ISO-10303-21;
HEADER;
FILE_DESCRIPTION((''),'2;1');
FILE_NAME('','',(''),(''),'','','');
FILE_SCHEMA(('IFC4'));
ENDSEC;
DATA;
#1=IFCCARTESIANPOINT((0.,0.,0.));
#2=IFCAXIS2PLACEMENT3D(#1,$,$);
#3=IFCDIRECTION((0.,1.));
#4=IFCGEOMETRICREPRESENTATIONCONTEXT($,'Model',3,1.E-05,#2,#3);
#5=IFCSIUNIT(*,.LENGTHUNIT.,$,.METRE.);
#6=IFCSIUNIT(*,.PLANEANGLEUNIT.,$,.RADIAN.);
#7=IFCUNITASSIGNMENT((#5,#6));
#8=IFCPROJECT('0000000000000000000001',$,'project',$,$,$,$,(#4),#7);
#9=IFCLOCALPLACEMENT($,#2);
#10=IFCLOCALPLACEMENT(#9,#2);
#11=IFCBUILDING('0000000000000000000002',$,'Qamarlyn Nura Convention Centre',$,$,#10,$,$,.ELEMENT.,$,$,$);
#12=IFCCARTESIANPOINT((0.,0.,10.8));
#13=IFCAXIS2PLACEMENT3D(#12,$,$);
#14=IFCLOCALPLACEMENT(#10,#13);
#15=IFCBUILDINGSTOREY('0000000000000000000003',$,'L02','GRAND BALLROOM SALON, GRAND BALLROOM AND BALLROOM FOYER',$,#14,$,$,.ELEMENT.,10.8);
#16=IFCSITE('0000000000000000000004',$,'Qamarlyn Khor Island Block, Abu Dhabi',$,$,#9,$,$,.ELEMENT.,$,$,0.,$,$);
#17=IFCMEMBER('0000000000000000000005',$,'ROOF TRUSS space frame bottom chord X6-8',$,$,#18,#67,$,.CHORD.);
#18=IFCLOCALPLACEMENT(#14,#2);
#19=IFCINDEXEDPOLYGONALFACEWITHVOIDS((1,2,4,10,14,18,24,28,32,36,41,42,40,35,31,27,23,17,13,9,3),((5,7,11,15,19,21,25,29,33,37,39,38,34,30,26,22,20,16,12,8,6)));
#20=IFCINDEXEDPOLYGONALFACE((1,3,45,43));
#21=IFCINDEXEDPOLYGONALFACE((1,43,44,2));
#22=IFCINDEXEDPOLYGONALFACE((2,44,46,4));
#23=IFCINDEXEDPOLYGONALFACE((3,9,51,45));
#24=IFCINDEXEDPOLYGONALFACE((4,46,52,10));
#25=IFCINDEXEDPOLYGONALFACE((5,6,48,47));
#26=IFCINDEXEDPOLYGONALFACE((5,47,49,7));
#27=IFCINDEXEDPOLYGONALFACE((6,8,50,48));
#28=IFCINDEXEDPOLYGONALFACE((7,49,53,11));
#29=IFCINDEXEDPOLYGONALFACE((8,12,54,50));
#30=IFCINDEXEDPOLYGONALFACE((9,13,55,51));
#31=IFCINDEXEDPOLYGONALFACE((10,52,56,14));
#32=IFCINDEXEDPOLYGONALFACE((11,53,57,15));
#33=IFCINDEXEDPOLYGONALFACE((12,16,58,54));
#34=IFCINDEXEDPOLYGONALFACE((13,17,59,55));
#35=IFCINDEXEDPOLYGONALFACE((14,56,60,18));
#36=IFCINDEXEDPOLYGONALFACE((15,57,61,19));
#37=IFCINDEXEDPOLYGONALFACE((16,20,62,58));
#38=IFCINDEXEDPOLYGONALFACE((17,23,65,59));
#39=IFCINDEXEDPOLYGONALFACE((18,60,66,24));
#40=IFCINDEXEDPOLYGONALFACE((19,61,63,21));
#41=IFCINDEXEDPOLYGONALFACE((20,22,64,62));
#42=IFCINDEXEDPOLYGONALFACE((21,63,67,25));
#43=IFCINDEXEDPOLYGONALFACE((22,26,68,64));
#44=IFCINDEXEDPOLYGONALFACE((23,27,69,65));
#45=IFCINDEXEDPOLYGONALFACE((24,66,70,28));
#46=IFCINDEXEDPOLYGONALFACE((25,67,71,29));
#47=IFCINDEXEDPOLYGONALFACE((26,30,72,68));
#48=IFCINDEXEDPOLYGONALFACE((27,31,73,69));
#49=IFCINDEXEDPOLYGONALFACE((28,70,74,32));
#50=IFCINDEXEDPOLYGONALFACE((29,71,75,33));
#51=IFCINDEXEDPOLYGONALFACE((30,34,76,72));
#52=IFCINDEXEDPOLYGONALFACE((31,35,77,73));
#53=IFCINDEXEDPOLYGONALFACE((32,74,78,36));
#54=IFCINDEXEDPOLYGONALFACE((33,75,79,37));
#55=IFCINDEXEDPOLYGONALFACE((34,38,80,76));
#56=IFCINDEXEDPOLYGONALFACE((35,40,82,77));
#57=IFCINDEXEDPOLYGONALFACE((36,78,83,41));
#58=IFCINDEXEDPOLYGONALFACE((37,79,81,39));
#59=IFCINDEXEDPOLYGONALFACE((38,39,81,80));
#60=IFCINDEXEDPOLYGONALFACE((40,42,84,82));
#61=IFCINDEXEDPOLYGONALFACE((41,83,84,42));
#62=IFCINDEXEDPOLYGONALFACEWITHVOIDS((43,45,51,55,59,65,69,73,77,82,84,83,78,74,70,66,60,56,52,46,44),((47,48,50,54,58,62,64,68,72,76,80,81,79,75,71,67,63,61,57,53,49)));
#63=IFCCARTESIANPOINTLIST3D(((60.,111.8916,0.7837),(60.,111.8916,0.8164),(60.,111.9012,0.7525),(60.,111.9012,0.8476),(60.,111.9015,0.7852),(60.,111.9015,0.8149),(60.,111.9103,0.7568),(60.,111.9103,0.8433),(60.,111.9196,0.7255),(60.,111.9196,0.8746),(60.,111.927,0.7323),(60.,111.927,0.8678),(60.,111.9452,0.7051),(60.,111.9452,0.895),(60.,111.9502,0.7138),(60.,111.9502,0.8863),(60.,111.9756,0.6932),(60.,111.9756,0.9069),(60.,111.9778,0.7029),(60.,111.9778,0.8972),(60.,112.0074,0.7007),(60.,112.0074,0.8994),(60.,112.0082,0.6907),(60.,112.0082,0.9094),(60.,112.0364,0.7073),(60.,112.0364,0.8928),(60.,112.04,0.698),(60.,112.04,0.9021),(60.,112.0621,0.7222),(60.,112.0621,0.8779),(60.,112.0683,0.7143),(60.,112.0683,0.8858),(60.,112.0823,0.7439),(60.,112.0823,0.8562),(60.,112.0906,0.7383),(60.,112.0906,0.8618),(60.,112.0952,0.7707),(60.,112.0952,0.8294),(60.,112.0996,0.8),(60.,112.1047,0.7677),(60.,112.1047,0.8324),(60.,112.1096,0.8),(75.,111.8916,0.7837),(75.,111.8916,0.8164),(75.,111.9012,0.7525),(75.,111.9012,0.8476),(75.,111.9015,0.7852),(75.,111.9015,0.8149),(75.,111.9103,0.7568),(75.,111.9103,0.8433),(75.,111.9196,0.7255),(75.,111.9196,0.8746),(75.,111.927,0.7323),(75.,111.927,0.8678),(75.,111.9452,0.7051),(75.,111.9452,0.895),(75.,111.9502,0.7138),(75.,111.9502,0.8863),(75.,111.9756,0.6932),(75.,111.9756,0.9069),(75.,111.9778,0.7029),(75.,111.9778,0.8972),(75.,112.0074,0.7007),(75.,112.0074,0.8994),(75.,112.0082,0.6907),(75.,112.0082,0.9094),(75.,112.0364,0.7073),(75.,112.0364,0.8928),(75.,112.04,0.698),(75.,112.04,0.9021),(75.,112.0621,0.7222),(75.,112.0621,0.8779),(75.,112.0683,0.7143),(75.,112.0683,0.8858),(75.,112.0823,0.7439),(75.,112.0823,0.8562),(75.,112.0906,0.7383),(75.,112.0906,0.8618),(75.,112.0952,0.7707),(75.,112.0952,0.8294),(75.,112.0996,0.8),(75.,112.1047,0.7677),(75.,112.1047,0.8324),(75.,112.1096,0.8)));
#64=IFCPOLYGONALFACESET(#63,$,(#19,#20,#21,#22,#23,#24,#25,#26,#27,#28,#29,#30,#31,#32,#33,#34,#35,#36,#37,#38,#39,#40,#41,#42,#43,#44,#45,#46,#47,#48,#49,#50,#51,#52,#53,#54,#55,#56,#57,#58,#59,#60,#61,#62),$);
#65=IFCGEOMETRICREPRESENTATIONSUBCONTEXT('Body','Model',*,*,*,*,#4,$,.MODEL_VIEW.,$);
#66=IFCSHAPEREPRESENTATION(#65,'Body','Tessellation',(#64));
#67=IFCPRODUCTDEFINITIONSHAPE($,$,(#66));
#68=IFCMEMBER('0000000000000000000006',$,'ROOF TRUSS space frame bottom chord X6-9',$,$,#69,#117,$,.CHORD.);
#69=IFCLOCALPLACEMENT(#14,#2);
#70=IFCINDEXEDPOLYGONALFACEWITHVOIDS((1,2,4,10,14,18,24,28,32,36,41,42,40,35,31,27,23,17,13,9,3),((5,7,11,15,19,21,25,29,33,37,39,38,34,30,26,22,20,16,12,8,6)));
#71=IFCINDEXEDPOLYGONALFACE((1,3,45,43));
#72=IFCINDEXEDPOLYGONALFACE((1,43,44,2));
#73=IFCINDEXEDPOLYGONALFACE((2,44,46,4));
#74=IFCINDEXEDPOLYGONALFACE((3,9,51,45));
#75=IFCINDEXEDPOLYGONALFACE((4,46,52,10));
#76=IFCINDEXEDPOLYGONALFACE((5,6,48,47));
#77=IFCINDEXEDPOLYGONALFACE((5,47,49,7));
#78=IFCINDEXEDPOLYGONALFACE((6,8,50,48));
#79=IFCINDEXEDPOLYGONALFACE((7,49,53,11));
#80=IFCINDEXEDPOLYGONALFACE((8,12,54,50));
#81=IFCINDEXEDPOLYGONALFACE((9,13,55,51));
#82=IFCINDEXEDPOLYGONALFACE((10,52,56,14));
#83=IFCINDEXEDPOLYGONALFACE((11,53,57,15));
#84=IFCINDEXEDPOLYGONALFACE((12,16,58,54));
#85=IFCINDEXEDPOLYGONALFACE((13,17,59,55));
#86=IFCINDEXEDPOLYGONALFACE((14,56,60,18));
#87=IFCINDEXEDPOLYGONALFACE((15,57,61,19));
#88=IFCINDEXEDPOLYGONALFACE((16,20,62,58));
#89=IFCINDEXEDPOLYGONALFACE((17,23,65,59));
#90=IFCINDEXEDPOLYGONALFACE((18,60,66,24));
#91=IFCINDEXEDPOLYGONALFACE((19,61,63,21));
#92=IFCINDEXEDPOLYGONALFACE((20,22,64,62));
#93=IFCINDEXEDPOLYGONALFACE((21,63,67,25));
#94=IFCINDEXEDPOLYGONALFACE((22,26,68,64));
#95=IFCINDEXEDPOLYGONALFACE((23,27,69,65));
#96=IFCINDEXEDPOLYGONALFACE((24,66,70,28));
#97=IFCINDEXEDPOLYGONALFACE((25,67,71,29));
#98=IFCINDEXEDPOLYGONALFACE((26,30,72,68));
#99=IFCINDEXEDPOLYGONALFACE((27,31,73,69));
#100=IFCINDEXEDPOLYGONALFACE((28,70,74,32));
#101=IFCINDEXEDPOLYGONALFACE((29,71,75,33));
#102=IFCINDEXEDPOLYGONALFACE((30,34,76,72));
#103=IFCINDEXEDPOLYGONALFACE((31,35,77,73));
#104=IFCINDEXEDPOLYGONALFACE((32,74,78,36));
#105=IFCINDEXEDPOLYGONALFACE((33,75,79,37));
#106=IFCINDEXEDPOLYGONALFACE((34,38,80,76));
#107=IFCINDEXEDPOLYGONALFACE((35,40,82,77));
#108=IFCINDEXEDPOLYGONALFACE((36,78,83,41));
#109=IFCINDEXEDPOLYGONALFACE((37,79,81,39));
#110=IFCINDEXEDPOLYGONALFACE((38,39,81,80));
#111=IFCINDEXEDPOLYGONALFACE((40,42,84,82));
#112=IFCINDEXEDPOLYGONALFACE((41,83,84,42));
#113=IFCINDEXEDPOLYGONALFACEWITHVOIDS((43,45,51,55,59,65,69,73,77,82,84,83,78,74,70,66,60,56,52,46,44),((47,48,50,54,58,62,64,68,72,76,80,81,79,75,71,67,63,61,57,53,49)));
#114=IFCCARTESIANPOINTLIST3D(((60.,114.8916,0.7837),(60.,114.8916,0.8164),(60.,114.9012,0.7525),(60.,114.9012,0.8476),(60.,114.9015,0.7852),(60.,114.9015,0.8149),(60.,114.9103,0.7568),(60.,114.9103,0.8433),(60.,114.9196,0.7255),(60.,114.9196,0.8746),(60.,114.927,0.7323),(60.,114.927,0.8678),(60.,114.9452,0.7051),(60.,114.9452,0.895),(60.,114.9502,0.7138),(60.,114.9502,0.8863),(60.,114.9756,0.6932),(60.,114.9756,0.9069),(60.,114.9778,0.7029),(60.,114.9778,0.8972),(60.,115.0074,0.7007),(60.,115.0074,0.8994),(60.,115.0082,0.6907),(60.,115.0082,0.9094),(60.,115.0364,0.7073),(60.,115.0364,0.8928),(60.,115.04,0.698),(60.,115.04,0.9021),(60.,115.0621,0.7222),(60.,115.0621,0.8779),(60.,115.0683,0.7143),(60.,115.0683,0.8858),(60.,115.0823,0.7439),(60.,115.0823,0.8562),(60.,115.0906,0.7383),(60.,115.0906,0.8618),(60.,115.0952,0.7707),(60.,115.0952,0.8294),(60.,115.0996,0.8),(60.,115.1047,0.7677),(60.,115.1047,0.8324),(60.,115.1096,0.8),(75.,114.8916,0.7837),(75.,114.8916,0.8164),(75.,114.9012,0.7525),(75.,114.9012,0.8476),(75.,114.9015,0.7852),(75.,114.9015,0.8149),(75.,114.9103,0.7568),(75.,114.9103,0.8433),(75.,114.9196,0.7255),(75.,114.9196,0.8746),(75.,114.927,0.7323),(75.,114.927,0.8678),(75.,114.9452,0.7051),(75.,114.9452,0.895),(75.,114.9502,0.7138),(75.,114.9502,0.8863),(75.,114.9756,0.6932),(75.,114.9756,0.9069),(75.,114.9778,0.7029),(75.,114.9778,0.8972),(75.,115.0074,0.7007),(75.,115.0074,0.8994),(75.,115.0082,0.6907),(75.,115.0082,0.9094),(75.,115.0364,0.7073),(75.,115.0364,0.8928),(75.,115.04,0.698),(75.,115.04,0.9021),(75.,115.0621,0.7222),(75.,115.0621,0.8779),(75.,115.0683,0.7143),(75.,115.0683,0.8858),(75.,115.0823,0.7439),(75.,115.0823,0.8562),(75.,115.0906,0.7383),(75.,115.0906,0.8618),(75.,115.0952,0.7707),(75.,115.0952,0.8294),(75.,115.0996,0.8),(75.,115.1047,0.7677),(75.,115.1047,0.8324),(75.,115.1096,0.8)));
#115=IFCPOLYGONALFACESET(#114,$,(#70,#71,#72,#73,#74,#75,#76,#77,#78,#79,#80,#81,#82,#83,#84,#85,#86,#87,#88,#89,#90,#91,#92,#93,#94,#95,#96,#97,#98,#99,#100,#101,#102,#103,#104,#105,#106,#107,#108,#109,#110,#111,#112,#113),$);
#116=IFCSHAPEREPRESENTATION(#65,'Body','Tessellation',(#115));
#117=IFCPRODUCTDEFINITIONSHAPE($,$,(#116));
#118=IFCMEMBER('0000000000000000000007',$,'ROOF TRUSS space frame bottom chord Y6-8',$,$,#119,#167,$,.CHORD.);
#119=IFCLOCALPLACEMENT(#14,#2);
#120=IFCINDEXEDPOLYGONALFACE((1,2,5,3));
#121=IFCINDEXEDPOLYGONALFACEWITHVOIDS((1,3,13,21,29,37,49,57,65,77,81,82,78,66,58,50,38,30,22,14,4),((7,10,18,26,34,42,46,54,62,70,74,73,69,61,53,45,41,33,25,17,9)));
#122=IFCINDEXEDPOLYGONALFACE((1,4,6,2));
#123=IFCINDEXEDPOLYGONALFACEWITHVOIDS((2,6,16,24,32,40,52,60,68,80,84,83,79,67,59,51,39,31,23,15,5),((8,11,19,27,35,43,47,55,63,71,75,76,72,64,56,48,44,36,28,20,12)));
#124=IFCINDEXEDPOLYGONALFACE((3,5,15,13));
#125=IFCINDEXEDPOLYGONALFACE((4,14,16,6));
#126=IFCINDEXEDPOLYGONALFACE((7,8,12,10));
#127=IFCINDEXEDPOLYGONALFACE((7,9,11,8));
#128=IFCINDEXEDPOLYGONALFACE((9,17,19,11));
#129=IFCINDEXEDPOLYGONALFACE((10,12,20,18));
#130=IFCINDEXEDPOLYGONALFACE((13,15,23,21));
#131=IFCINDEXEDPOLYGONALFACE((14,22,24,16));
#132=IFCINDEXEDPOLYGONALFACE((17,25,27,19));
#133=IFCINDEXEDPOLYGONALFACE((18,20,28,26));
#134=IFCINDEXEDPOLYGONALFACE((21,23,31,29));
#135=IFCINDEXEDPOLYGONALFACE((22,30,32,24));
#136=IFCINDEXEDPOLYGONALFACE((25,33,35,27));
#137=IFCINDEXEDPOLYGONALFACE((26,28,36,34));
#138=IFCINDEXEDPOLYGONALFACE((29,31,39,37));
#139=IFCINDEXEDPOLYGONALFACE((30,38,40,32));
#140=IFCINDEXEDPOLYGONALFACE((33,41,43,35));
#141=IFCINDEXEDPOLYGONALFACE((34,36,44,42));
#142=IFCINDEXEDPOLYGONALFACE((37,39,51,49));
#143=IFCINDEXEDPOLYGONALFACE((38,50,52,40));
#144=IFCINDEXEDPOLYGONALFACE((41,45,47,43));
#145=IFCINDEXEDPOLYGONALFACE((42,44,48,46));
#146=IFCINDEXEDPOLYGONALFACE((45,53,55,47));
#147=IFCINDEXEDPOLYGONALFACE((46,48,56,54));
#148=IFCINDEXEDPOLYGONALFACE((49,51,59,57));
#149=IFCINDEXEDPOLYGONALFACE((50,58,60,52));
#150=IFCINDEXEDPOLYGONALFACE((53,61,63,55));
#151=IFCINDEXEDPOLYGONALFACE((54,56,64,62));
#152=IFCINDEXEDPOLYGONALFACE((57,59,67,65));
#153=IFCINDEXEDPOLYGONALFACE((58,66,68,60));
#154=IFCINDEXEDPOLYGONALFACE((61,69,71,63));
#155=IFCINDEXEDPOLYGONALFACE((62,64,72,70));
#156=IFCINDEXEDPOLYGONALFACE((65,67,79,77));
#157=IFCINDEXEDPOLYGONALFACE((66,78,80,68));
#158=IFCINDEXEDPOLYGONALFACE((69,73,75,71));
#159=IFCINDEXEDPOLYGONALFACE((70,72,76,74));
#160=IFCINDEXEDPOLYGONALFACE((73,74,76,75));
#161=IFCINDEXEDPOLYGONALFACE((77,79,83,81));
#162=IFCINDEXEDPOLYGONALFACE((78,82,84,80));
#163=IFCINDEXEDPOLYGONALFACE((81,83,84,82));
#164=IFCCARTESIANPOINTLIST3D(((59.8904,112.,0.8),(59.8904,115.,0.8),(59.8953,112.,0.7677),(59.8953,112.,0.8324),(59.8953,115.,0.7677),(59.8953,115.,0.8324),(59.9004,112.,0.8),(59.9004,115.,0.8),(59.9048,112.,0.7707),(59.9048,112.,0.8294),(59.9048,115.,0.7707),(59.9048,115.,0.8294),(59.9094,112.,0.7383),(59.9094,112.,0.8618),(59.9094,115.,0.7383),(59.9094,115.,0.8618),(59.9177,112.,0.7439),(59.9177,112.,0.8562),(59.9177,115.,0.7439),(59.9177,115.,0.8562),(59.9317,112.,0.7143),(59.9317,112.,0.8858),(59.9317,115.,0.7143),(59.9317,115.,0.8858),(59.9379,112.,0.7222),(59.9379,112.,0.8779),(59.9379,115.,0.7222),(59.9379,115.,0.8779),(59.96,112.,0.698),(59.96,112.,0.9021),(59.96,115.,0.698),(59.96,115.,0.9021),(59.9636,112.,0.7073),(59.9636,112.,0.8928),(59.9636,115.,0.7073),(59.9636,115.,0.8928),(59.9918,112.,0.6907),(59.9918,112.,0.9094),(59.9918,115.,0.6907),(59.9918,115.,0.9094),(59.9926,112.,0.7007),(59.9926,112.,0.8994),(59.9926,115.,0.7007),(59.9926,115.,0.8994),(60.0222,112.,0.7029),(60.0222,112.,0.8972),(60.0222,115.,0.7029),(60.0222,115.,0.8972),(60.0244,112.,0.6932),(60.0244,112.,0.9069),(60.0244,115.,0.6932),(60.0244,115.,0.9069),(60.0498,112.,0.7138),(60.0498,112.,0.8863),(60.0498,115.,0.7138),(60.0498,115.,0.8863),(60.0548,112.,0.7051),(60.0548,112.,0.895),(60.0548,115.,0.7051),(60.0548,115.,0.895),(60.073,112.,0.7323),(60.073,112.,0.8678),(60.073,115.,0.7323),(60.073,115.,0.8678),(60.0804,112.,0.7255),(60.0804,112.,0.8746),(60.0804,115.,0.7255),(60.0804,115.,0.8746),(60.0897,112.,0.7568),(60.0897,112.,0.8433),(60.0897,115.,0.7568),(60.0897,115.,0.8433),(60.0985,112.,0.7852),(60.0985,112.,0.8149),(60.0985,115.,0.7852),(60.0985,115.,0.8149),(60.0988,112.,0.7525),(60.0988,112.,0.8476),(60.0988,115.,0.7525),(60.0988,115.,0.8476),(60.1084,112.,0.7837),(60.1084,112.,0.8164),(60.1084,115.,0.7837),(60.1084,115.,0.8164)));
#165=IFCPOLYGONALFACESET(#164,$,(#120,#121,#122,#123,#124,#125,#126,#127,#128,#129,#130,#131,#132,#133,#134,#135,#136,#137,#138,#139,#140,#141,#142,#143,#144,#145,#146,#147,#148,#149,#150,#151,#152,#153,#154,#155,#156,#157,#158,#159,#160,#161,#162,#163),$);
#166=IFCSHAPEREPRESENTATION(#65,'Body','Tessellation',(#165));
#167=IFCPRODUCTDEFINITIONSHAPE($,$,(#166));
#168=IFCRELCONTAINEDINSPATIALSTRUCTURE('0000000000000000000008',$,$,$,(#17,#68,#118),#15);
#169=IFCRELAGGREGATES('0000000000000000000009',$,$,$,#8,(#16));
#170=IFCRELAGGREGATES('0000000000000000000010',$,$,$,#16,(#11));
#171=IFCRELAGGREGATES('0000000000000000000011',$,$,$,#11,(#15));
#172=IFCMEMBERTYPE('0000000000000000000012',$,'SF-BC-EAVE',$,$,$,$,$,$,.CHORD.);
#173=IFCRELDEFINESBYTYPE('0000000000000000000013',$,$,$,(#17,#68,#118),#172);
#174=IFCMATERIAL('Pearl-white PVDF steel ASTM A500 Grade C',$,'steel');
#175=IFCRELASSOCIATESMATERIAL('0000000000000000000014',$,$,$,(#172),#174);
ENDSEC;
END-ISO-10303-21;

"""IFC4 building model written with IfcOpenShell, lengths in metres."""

from ifc_helpers import new_model, si_unit, direction, frame, origin, origin_2d, place, context, subcontext, project, spatial, hollow_circle, extrude, material, material_profile, profile_set, type_object, element, save


model = new_model("IFC4")

# Units and contexts
model_context = context("Model", 3, precision=1e-05, world=origin(), true_north=direction((0.0, 1.0)))
body_context = subcontext(model_context, "Body", "Model", "MODEL_VIEW")
ifc_project = project(units=[si_unit("LENGTHUNIT", "METRE"), si_unit("PLANEANGLEUNIT", "RADIAN")], contexts=[model_context])

# Site, building, storey
site_placement = place(None, origin())
site = spatial("IfcSite", under=ifc_project, at=site_placement, Name="Qamarlyn Khor Island Block, Abu Dhabi", CompositionType="ELEMENT", RefElevation=0.0)
building_placement = place(site_placement, origin())
building = spatial("IfcBuilding", under=site, at=building_placement, Name="Qamarlyn Nura Convention Centre", CompositionType="ELEMENT")
storey_placement = place(building_placement, frame((0.0, 0.0, 10.8)))
storey = spatial("IfcBuildingStorey", under=building, at=storey_placement, Name="L02", Description="GRAND BALLROOM SALON, GRAND BALLROOM AND BALLROOM FOYER", CompositionType="ELEMENT", Elevation=10.8)

# Members
ifc_material_1 = material(Name="Pearl-white PVDF steel ASTM A500 Grade C", Category="steel")
ifc_material_profile_1 = material_profile(ifc_material_1, hollow_circle(Radius=0.1096, WallThickness=0.01, at=origin_2d()), Name="CHS219.1X10")
ifc_profile_set_1 = profile_set([ifc_material_profile_1], Name="Pearl-white PVDF steel ASTM A500 Grade C")
member_type_1 = type_object("IfcMemberType", Name="SF-BC-EAVE", PredefinedType="CHORD", material=ifc_profile_set_1)
for number, where, z_axis, x_axis, name in (
    (1, (60.0, 112.0, 0.8), (1.0, 0.0, 0.0), (0.0, 1.0, 0.0), "ROOF TRUSS space frame bottom chord X6-8"),
    (2, (60.0, 115.0, 0.8), (1.0, 0.0, 0.0), (0.0, 1.0, 0.0), "ROOF TRUSS space frame bottom chord X6-9"),
):
    element("IfcMember", number, at=place(storey_placement, frame(where, z_axis=z_axis, x_axis=x_axis)), inside=storey, type_object=member_type_1, Name=name, PredefinedType="CHORD", context=body_context, shape_type="SweptSolid", body=[
        extrude(hollow_circle(Radius=0.1096, WallThickness=0.01, at=origin_2d()), origin(), (0.0, 0.0, 1.0), 15.0),
    ])
member_1_placement = place(storey_placement, frame((60.0, 112.0, 0.8), z_axis=(0.0, 1.0, 0.0), x_axis=(-1.0, 0.0, 0.0)))
element("IfcMember", 3, at=member_1_placement, inside=storey, type_object=member_type_1, Name="ROOF TRUSS space frame bottom chord Y6-8", PredefinedType="CHORD", context=body_context, shape_type="SweptSolid", body=[
    extrude(hollow_circle(Radius=0.1096, WallThickness=0.01, at=origin_2d()), origin(), (0.0, 0.0, 1.0), 3.0),
])

save(model, "model.ifc")
